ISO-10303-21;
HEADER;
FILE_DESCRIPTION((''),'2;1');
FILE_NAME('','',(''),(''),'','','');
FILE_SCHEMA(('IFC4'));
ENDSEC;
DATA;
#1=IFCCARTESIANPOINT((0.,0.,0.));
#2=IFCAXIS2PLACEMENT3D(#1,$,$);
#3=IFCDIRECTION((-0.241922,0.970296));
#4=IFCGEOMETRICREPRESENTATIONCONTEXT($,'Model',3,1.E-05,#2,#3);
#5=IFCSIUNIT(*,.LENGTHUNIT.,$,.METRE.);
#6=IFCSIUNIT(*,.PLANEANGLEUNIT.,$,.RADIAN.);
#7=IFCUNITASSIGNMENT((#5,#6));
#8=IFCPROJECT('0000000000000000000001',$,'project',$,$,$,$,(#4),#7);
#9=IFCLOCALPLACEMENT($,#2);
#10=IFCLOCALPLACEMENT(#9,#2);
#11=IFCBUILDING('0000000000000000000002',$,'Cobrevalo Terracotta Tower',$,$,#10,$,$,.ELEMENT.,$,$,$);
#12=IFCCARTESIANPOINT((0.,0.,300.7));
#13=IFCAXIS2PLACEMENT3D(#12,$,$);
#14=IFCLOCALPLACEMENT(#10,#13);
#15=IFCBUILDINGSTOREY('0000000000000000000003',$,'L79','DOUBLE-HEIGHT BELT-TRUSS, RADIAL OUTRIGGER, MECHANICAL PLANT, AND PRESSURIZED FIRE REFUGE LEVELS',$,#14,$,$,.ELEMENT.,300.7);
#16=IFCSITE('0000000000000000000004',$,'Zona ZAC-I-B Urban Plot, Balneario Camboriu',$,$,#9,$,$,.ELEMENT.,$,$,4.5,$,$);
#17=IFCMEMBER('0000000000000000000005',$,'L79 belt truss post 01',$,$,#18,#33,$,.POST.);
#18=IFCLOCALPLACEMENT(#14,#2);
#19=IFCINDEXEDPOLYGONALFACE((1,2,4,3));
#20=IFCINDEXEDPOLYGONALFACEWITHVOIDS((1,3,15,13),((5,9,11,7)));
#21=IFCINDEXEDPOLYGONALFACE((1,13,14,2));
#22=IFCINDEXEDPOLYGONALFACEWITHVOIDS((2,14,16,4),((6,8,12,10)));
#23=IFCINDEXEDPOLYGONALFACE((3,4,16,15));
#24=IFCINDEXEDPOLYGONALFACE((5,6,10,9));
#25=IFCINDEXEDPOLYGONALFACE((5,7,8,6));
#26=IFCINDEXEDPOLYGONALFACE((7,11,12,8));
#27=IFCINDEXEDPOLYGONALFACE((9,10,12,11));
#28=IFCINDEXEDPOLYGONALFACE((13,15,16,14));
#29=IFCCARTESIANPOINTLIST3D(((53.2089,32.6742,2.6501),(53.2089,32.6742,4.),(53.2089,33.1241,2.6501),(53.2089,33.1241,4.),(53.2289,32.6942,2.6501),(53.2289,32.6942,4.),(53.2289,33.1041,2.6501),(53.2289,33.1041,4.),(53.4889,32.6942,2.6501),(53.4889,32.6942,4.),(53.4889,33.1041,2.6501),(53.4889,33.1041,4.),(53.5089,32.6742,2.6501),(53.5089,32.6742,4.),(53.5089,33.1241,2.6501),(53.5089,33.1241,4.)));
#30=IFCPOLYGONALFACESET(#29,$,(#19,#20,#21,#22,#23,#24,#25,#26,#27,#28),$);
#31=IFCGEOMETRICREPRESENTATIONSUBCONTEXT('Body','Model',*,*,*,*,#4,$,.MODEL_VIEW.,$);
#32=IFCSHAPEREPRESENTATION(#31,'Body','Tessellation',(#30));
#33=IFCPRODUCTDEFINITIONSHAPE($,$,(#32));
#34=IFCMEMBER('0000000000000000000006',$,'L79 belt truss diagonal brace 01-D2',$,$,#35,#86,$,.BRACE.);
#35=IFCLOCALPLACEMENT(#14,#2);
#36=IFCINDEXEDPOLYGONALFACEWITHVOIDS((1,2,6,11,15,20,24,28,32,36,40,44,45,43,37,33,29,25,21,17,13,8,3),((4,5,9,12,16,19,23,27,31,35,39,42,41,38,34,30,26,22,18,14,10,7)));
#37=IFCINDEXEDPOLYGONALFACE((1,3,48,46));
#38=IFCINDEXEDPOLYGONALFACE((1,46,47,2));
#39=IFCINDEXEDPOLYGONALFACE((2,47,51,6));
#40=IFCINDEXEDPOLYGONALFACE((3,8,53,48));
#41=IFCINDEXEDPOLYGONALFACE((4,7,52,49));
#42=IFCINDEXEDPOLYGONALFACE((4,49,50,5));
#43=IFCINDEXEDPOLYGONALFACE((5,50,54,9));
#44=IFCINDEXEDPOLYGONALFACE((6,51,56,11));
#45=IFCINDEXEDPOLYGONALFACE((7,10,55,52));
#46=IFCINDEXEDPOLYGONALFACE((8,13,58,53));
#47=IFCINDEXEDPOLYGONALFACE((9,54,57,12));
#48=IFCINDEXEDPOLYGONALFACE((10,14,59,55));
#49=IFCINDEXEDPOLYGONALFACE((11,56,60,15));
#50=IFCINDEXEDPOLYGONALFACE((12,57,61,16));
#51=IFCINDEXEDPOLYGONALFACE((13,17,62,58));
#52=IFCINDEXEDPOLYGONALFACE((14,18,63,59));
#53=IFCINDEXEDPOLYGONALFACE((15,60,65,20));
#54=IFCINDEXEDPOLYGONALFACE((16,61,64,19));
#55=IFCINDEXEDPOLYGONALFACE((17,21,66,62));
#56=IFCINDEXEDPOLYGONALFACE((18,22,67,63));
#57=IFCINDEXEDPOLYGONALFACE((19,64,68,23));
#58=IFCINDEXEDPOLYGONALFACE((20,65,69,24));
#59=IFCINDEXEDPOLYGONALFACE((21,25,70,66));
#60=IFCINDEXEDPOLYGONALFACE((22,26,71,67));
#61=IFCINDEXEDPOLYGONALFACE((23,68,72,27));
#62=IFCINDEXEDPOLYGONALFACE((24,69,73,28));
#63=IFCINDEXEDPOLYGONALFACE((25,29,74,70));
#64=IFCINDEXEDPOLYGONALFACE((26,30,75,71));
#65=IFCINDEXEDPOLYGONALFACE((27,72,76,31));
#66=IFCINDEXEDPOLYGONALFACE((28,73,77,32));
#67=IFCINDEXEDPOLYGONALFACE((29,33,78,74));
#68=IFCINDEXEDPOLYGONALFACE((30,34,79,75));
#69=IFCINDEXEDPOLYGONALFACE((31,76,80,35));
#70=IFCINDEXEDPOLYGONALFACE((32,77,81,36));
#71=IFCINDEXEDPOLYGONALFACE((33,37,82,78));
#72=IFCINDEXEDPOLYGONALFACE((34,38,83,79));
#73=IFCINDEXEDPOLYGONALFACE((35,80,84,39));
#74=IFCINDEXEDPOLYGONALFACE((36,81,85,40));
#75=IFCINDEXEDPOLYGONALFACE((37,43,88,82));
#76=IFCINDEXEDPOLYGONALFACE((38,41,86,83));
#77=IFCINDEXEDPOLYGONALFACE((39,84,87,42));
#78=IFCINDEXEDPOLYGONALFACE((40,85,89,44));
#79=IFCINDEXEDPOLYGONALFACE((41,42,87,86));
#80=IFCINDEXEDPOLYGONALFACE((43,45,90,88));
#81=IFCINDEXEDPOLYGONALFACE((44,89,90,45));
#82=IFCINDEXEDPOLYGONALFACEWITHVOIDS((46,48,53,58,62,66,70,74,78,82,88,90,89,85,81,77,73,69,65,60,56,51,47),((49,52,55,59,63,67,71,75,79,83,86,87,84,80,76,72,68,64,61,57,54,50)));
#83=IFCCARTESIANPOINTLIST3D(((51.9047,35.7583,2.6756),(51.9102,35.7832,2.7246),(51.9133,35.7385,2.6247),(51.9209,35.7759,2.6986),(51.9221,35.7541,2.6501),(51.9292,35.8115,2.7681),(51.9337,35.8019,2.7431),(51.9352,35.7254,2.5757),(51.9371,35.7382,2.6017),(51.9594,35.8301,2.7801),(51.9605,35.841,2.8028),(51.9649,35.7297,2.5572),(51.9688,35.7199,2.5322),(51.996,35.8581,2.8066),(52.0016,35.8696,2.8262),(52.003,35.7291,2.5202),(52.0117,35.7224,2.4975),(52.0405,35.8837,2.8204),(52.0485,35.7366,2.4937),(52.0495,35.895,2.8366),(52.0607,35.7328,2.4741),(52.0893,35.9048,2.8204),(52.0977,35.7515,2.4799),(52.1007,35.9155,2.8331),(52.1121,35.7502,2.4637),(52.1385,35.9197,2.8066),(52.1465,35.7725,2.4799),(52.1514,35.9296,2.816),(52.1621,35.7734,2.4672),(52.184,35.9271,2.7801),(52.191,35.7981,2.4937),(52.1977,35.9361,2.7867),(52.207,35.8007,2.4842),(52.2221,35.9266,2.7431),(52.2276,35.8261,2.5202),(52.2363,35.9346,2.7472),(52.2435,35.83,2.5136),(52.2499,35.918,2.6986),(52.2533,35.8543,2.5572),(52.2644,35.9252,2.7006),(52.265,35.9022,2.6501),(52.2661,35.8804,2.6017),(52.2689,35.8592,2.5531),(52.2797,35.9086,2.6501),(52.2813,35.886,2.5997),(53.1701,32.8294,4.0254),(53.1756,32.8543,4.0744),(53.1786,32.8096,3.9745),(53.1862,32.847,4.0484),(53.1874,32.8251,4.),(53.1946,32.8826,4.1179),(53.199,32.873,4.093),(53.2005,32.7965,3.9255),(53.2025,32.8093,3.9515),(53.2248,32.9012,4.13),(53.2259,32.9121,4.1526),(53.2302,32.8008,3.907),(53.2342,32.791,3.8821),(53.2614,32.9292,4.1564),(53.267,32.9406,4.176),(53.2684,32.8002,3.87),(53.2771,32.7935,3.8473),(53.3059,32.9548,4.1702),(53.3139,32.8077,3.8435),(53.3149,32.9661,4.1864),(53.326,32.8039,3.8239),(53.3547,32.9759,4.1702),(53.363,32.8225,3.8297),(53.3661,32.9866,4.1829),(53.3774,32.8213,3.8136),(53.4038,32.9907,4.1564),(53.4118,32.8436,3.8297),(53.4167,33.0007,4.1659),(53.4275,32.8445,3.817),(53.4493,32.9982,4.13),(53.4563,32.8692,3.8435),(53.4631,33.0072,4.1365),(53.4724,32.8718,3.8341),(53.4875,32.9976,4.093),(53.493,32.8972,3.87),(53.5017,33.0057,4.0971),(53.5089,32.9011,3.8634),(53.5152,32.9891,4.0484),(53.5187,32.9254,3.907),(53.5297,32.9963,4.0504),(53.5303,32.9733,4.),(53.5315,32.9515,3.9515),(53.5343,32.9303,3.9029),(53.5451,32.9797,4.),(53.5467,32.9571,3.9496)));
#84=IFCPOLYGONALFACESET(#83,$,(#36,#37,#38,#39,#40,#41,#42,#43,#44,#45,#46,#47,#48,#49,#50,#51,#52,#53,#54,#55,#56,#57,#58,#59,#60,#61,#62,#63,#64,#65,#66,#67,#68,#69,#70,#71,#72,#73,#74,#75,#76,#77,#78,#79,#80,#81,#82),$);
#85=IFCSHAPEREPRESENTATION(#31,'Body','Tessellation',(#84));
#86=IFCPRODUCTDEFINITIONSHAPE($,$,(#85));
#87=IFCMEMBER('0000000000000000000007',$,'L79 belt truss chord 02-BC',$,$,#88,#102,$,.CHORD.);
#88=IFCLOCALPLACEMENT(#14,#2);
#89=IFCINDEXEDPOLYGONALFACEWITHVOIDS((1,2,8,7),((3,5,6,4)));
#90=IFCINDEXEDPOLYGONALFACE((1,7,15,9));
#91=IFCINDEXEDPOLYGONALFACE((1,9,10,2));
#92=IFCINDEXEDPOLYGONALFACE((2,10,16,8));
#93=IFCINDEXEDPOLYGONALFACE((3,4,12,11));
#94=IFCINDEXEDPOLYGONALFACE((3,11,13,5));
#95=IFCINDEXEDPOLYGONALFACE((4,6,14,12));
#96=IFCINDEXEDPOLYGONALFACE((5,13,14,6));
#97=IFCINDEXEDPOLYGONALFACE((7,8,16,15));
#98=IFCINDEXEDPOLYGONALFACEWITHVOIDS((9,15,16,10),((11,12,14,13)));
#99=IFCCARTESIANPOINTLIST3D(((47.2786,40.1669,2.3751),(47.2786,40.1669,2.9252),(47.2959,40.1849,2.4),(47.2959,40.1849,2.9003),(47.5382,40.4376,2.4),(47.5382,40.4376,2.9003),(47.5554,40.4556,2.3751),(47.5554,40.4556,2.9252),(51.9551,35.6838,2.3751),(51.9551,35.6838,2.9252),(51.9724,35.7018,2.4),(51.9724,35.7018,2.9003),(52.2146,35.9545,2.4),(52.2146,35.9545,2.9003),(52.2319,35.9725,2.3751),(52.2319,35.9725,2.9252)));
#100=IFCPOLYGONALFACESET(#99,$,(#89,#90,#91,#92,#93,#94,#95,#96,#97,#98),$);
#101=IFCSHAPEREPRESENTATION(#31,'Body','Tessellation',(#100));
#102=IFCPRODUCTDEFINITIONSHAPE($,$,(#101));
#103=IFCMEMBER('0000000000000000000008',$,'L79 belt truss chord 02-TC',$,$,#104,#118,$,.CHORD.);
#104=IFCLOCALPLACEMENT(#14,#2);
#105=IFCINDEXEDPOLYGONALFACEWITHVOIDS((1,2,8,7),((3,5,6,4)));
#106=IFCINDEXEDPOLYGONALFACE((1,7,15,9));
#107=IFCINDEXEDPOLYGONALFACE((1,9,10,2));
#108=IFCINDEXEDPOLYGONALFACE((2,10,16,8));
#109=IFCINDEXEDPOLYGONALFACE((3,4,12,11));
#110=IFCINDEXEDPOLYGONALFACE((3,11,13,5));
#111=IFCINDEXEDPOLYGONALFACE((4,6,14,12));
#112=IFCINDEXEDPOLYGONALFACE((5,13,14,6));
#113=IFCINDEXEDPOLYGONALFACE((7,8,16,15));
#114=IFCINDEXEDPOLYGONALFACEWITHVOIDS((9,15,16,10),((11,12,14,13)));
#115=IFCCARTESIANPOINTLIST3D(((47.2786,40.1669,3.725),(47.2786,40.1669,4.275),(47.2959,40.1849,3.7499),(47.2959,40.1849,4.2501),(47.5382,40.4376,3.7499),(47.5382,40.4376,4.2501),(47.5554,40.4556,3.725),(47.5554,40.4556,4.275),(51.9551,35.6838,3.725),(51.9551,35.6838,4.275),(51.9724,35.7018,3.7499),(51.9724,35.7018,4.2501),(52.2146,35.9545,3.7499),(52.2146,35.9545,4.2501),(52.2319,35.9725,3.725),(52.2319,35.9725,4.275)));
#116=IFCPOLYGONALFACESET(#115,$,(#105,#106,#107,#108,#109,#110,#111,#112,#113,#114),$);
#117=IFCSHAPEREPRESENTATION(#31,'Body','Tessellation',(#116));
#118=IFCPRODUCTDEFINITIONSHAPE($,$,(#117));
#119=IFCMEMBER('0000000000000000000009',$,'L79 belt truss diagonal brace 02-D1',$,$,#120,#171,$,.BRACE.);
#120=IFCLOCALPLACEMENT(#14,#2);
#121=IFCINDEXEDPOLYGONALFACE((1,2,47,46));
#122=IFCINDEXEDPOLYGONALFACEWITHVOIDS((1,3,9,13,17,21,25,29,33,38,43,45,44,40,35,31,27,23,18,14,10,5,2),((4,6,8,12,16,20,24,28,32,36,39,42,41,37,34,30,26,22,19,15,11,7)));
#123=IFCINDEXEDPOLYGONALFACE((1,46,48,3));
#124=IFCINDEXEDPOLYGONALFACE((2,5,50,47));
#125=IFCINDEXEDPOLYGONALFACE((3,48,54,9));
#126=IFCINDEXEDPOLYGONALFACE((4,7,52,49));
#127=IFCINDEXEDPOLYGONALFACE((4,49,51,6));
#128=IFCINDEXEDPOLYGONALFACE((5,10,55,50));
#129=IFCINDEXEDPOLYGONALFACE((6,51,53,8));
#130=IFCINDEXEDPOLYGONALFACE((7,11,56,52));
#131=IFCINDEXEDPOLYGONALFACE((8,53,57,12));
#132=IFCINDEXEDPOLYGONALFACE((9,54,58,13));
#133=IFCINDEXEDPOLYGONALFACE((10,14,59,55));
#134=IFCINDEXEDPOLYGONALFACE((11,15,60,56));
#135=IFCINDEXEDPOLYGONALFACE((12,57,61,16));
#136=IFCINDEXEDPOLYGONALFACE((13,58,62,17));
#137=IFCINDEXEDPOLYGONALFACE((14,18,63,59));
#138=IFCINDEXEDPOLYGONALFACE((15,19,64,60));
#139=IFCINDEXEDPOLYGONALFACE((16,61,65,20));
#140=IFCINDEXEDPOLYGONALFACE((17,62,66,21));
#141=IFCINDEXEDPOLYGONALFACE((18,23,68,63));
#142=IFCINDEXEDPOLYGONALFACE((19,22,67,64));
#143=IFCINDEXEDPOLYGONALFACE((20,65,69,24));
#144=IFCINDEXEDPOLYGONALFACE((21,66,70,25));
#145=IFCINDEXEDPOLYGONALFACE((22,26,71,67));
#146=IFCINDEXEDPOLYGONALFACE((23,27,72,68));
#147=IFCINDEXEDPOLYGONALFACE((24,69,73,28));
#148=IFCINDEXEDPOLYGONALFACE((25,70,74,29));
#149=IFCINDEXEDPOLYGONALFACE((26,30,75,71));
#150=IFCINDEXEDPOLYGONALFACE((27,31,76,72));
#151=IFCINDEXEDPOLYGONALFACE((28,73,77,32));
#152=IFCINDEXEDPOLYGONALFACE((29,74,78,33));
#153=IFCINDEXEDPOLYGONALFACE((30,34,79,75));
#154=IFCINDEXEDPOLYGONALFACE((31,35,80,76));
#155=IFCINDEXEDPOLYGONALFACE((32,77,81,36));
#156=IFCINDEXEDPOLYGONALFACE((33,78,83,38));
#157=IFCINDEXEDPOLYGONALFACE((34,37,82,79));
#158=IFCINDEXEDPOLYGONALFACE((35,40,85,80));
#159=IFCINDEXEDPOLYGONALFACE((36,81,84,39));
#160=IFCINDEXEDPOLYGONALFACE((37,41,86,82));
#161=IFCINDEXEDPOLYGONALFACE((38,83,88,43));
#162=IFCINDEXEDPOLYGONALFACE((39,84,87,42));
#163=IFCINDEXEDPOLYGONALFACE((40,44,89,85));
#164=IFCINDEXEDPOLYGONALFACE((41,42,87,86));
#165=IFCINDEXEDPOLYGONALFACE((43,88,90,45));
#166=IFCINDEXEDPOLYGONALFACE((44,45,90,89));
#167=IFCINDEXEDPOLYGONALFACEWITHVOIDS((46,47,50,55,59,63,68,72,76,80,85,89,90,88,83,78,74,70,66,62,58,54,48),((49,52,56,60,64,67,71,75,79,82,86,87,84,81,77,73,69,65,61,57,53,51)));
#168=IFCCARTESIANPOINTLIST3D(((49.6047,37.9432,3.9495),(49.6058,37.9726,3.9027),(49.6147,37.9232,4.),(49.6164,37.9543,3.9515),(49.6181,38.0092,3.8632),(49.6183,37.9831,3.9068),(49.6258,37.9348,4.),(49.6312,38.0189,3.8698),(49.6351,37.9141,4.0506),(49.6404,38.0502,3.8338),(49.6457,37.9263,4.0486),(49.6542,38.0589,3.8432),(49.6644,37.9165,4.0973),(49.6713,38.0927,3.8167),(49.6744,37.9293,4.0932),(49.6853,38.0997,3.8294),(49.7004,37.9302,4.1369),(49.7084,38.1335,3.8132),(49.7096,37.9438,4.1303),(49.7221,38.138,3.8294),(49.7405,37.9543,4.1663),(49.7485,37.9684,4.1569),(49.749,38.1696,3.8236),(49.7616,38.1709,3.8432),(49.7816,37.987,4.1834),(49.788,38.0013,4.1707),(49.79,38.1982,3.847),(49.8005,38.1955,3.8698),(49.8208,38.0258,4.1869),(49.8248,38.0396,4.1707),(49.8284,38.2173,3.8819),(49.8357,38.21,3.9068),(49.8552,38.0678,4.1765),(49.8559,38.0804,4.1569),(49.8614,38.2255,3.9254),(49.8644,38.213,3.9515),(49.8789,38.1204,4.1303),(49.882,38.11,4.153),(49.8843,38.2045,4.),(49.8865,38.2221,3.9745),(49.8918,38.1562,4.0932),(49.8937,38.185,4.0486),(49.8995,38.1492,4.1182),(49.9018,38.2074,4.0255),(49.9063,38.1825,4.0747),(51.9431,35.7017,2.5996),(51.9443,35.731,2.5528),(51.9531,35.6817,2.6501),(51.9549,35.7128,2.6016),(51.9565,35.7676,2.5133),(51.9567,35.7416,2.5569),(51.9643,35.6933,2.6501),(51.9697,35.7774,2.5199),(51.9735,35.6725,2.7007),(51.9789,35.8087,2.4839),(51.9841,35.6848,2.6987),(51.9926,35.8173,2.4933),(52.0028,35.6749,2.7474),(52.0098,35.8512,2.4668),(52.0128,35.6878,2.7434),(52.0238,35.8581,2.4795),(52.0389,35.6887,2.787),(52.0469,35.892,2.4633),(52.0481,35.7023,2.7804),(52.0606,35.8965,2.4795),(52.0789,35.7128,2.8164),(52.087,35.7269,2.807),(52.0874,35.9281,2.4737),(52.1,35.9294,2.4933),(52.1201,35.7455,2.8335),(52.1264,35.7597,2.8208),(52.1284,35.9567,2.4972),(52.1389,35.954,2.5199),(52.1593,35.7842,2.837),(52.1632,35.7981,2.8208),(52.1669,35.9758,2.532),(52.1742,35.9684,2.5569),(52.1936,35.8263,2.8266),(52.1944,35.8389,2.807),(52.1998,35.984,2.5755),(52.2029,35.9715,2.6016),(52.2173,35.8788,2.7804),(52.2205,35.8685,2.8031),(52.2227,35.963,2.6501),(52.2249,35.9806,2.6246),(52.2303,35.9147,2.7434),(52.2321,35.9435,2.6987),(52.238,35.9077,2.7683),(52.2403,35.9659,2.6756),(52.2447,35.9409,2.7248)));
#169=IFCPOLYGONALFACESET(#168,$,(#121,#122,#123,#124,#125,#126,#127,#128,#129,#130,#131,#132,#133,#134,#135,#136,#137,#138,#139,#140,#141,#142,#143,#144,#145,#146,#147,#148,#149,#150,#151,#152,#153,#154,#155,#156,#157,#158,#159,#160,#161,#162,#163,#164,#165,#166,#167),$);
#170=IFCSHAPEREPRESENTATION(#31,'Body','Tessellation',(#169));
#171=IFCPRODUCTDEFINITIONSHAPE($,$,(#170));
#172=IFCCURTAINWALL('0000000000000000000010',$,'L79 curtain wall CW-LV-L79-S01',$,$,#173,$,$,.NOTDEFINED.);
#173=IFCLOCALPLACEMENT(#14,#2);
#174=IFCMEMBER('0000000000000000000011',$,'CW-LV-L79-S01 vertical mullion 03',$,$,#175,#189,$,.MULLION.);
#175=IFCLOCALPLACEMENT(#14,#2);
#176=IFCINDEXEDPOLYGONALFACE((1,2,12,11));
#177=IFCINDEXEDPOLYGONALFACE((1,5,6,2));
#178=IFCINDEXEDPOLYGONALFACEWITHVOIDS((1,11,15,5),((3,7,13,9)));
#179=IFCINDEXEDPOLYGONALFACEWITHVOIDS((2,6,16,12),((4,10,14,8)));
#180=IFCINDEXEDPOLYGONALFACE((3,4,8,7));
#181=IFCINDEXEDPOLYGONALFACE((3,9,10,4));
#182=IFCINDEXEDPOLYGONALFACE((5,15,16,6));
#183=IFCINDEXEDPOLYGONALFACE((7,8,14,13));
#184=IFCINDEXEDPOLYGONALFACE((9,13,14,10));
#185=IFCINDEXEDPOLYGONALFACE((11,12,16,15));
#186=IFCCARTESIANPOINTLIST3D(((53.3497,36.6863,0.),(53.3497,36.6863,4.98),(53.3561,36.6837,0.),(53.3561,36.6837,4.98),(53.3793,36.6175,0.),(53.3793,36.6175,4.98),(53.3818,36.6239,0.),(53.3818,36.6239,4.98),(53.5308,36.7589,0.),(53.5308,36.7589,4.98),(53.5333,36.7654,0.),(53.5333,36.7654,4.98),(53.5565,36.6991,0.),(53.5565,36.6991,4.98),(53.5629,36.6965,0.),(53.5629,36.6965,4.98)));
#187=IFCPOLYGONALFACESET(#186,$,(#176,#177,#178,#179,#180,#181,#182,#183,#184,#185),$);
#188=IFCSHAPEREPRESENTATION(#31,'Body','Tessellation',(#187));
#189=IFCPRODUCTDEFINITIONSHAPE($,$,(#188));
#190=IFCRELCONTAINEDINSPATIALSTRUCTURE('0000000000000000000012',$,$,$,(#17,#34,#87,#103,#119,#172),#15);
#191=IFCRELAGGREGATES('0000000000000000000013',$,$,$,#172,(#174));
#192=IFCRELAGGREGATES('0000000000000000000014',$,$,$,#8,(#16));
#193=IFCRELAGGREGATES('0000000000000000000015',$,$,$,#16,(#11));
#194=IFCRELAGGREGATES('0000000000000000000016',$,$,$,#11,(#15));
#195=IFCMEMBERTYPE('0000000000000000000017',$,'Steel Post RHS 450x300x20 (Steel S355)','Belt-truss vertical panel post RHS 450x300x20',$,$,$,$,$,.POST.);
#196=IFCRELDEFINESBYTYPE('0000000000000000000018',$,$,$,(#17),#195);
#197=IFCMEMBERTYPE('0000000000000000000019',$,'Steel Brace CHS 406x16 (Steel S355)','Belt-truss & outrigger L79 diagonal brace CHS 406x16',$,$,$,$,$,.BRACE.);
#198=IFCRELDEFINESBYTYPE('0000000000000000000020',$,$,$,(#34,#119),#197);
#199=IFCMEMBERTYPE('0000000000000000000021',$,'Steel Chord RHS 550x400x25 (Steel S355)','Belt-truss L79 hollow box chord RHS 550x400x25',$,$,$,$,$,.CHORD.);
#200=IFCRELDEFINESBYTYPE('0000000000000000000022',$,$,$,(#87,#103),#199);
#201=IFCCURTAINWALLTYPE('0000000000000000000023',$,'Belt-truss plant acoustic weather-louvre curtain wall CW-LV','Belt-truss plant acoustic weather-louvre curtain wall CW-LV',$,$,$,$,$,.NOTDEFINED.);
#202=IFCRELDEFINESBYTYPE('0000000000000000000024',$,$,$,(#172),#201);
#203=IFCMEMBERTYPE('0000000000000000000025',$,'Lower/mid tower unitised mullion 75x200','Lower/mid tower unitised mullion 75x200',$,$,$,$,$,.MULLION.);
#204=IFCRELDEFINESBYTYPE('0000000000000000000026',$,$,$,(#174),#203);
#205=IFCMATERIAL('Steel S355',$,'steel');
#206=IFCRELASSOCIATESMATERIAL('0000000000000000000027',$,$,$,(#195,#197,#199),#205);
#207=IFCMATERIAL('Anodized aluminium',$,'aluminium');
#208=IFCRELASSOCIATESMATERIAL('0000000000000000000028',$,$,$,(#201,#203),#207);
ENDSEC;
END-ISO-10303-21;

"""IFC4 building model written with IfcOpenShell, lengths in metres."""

from ifc_helpers import new_model, si_unit, direction, frame, origin, origin_2d, place, context, subcontext, project, spatial, hollow_rectangle, hollow_circle, extrude, source, transform, mapped, material, material_profile, profile_set, type_object, element, aggregate, save


model = new_model("IFC4")

# Units and contexts
model_context = context("Model", 3, precision=1e-05, world=origin(), true_north=direction((-0.241922, 0.970296)))
body_context = subcontext(model_context, "Body", "Model", "MODEL_VIEW")
ifc_project = project(units=[si_unit("LENGTHUNIT", "METRE"), si_unit("PLANEANGLEUNIT", "RADIAN")], contexts=[model_context])

# Site, building, storey
site_placement = place(None, origin())
site = spatial("IfcSite", under=ifc_project, at=site_placement, Name="Zona ZAC-I-B Urban Plot, Balneario Camboriu", CompositionType="ELEMENT", RefElevation=4.5)
building_placement = place(site_placement, origin())
building = spatial("IfcBuilding", under=site, at=building_placement, Name="Cobrevalo Terracotta Tower", CompositionType="ELEMENT")
storey_placement = place(building_placement, frame((0.0, 0.0, 300.7)))
storey = spatial("IfcBuildingStorey", under=building, at=storey_placement, Name="L79", Description="DOUBLE-HEIGHT BELT-TRUSS, RADIAL OUTRIGGER, MECHANICAL PLANT, AND PRESSURIZED FIRE REFUGE LEVELS", CompositionType="ELEMENT", Elevation=300.7)

# Shared definitions
ifc_material_1 = material(Name="Steel S355", Category="steel")

# Members
ifc_material_profile_1 = material_profile(ifc_material_1, hollow_rectangle(XDim=0.3, YDim=0.45, WallThickness=0.02, at=origin_2d()), Name="RHS 450x300x20")
ifc_profile_set_1 = profile_set([ifc_material_profile_1], Name="Steel S355")
member_type_1 = type_object("IfcMemberType", Name="Steel Post RHS 450x300x20 (Steel S355)", Description="Belt-truss vertical panel post RHS 450x300x20", PredefinedType="POST", material=ifc_profile_set_1)
shared_shape_1 = source(origin(), body_context, "Body", "SweptSolid", [
    extrude(hollow_rectangle(XDim=0.3, YDim=0.45, WallThickness=0.02, at=origin_2d()), origin(), (0.0, 0.0, 1.0), 1.3499),
])
member_1_placement = place(storey_placement, frame((53.3589, 32.8992, 2.6501), z_axis=(0.0, 0.0, 1.0), x_axis=(1.0, 0.0, 0.0)))
element("IfcMember", 1, at=member_1_placement, inside=storey, type_object=member_type_1, Name="L79 belt truss post 01", PredefinedType="POST", context=body_context, shape_type="MappedRepresentation", body=[
    mapped(shared_shape_1, transform((0.0, 0.0, 0.0), scale=1.0)),
])
ifc_material_profile_2 = material_profile(ifc_material_1, hollow_circle(Radius=0.2029, WallThickness=0.0161, at=origin_2d()), Name="CHS 406x16")
ifc_profile_set_2 = profile_set([ifc_material_profile_2], Name="Steel S355")
member_type_2 = type_object("IfcMemberType", Name="Steel Brace CHS 406x16 (Steel S355)", Description="Belt-truss & outrigger L79 diagonal brace CHS 406x16", PredefinedType="BRACE", material=ifc_profile_set_2)
shared_shape_2 = source(origin(), body_context, "Body", "SweptSolid", [
    extrude(hollow_circle(Radius=0.2029, WallThickness=0.0161, at=origin_2d()), origin(), (0.0, 0.0, 1.0), 3.4644),
])
member_2_placement = place(storey_placement, frame((52.0935, 35.8281, 2.6501), z_axis=(0.365252, -0.845444, 0.389636), x_axis=(0.917993, 0.396596, 0.0)))
element("IfcMember", 2, at=member_2_placement, inside=storey, type_object=member_type_2, Name="L79 belt truss diagonal brace 01-D2", PredefinedType="BRACE", context=body_context, shape_type="MappedRepresentation", body=[
    mapped(shared_shape_2, transform((0.0, 0.0, 0.0), scale=1.0)),
])
ifc_material_profile_3 = material_profile(ifc_material_1, hollow_rectangle(XDim=0.3999, YDim=0.55, WallThickness=0.0249, at=origin_2d()), Name="RHS 550x400x25")
ifc_profile_set_3 = profile_set([ifc_material_profile_3], Name="Steel S355")
member_type_3 = type_object("IfcMemberType", Name="Steel Chord RHS 550x400x25 (Steel S355)", Description="Belt-truss L79 hollow box chord RHS 550x400x25", PredefinedType="CHORD", material=ifc_profile_set_3)
shared_shape_3 = source(origin(), body_context, "Body", "SweptSolid", [
    extrude(hollow_rectangle(XDim=0.3999, YDim=0.55, WallThickness=0.0249, at=origin_2d()), origin(), (0.0, 0.0, 1.0), 6.4783),
])
for number, where, z_axis, x_axis, name in (
    (3, (52.0935, 35.8281, 2.6501), (-0.721873, 0.692026, 0.0), (-0.692026, -0.721873, 0.0), "L79 belt truss chord 02-BC"),
    (4, (52.0935, 35.8281, 4.0), (-0.721873, 0.692026, 0.0), (-0.692026, -0.721873, 0.0), "L79 belt truss chord 02-TC"),
):
    element("IfcMember", number, at=place(storey_placement, frame(where, z_axis=z_axis, x_axis=x_axis)), inside=storey, type_object=member_type_3, Name=name, PredefinedType="CHORD", context=body_context, shape_type="MappedRepresentation", body=[
        mapped(shared_shape_3, transform((0.0, 0.0, 0.0), scale=1.0)),
    ])
shared_shape_4 = source(origin(), body_context, "Body", "SweptSolid", [
    extrude(hollow_circle(Radius=0.2029, WallThickness=0.0161, at=origin_2d()), origin(), (0.0, 0.0, 1.0), 3.5093),
])
member_3_placement = place(storey_placement, frame((52.0935, 35.8281, 2.6501), z_axis=(-0.666363, 0.638743, 0.384665), x_axis=(-0.691987, -0.72191, 0.0)))
element("IfcMember", 5, at=member_3_placement, inside=storey, type_object=member_type_2, Name="L79 belt truss diagonal brace 02-D1", PredefinedType="BRACE", context=body_context, shape_type="MappedRepresentation", body=[
    mapped(shared_shape_4, transform((0.0, 0.0, 0.0), scale=1.0)),
])

# Curtain wall, member
ifc_material_2 = material(Name="Anodized aluminium", Category="aluminium")
curtain_wall_type = type_object("IfcCurtainWallType", Name="Belt-truss plant acoustic weather-louvre curtain wall CW-LV", Description="Belt-truss plant acoustic weather-louvre curtain wall CW-LV", PredefinedType="NOTDEFINED", material=ifc_material_2)
curtain_wall_placement = place(storey_placement, origin())
curtain_wall = element("IfcCurtainWall", 6, at=curtain_wall_placement, inside=storey, type_object=curtain_wall_type, Name="L79 curtain wall CW-LV-L79-S01", PredefinedType="NOTDEFINED")
ifc_material_profile_4 = material_profile(ifc_material_2, hollow_rectangle(XDim=0.075, YDim=0.2, WallThickness=0.0049, at=origin_2d()), Name="CWM 75x200")
ifc_profile_set_4 = profile_set([ifc_material_profile_4], Name="Anodized aluminium")
member_type_4 = type_object("IfcMemberType", Name="Lower/mid tower unitised mullion 75x200", Description="Lower/mid tower unitised mullion 75x200", PredefinedType="MULLION", material=ifc_profile_set_4)
shared_shape_5 = source(origin(), body_context, "Body", "SweptSolid", [
    extrude(hollow_rectangle(XDim=0.075, YDim=0.2, WallThickness=0.0049, at=origin_2d()), origin(), (0.0, 0.0, 1.0), 4.98),
])
member_4_placement = place(storey_placement, frame((53.4563, 36.6914, 0.0), z_axis=(0.0, 0.0, 1.0), x_axis=(-0.395369, 0.918522, 0.0)))
member_4 = element("IfcMember", 7, at=member_4_placement, type_object=member_type_4, Name="CW-LV-L79-S01 vertical mullion 03", PredefinedType="MULLION", context=body_context, shape_type="MappedRepresentation", body=[
    mapped(shared_shape_5, transform((0.0, 0.0, 0.0), scale=1.0)),
])
aggregate(curtain_wall, [member_4])

save(model, "model.ifc")
